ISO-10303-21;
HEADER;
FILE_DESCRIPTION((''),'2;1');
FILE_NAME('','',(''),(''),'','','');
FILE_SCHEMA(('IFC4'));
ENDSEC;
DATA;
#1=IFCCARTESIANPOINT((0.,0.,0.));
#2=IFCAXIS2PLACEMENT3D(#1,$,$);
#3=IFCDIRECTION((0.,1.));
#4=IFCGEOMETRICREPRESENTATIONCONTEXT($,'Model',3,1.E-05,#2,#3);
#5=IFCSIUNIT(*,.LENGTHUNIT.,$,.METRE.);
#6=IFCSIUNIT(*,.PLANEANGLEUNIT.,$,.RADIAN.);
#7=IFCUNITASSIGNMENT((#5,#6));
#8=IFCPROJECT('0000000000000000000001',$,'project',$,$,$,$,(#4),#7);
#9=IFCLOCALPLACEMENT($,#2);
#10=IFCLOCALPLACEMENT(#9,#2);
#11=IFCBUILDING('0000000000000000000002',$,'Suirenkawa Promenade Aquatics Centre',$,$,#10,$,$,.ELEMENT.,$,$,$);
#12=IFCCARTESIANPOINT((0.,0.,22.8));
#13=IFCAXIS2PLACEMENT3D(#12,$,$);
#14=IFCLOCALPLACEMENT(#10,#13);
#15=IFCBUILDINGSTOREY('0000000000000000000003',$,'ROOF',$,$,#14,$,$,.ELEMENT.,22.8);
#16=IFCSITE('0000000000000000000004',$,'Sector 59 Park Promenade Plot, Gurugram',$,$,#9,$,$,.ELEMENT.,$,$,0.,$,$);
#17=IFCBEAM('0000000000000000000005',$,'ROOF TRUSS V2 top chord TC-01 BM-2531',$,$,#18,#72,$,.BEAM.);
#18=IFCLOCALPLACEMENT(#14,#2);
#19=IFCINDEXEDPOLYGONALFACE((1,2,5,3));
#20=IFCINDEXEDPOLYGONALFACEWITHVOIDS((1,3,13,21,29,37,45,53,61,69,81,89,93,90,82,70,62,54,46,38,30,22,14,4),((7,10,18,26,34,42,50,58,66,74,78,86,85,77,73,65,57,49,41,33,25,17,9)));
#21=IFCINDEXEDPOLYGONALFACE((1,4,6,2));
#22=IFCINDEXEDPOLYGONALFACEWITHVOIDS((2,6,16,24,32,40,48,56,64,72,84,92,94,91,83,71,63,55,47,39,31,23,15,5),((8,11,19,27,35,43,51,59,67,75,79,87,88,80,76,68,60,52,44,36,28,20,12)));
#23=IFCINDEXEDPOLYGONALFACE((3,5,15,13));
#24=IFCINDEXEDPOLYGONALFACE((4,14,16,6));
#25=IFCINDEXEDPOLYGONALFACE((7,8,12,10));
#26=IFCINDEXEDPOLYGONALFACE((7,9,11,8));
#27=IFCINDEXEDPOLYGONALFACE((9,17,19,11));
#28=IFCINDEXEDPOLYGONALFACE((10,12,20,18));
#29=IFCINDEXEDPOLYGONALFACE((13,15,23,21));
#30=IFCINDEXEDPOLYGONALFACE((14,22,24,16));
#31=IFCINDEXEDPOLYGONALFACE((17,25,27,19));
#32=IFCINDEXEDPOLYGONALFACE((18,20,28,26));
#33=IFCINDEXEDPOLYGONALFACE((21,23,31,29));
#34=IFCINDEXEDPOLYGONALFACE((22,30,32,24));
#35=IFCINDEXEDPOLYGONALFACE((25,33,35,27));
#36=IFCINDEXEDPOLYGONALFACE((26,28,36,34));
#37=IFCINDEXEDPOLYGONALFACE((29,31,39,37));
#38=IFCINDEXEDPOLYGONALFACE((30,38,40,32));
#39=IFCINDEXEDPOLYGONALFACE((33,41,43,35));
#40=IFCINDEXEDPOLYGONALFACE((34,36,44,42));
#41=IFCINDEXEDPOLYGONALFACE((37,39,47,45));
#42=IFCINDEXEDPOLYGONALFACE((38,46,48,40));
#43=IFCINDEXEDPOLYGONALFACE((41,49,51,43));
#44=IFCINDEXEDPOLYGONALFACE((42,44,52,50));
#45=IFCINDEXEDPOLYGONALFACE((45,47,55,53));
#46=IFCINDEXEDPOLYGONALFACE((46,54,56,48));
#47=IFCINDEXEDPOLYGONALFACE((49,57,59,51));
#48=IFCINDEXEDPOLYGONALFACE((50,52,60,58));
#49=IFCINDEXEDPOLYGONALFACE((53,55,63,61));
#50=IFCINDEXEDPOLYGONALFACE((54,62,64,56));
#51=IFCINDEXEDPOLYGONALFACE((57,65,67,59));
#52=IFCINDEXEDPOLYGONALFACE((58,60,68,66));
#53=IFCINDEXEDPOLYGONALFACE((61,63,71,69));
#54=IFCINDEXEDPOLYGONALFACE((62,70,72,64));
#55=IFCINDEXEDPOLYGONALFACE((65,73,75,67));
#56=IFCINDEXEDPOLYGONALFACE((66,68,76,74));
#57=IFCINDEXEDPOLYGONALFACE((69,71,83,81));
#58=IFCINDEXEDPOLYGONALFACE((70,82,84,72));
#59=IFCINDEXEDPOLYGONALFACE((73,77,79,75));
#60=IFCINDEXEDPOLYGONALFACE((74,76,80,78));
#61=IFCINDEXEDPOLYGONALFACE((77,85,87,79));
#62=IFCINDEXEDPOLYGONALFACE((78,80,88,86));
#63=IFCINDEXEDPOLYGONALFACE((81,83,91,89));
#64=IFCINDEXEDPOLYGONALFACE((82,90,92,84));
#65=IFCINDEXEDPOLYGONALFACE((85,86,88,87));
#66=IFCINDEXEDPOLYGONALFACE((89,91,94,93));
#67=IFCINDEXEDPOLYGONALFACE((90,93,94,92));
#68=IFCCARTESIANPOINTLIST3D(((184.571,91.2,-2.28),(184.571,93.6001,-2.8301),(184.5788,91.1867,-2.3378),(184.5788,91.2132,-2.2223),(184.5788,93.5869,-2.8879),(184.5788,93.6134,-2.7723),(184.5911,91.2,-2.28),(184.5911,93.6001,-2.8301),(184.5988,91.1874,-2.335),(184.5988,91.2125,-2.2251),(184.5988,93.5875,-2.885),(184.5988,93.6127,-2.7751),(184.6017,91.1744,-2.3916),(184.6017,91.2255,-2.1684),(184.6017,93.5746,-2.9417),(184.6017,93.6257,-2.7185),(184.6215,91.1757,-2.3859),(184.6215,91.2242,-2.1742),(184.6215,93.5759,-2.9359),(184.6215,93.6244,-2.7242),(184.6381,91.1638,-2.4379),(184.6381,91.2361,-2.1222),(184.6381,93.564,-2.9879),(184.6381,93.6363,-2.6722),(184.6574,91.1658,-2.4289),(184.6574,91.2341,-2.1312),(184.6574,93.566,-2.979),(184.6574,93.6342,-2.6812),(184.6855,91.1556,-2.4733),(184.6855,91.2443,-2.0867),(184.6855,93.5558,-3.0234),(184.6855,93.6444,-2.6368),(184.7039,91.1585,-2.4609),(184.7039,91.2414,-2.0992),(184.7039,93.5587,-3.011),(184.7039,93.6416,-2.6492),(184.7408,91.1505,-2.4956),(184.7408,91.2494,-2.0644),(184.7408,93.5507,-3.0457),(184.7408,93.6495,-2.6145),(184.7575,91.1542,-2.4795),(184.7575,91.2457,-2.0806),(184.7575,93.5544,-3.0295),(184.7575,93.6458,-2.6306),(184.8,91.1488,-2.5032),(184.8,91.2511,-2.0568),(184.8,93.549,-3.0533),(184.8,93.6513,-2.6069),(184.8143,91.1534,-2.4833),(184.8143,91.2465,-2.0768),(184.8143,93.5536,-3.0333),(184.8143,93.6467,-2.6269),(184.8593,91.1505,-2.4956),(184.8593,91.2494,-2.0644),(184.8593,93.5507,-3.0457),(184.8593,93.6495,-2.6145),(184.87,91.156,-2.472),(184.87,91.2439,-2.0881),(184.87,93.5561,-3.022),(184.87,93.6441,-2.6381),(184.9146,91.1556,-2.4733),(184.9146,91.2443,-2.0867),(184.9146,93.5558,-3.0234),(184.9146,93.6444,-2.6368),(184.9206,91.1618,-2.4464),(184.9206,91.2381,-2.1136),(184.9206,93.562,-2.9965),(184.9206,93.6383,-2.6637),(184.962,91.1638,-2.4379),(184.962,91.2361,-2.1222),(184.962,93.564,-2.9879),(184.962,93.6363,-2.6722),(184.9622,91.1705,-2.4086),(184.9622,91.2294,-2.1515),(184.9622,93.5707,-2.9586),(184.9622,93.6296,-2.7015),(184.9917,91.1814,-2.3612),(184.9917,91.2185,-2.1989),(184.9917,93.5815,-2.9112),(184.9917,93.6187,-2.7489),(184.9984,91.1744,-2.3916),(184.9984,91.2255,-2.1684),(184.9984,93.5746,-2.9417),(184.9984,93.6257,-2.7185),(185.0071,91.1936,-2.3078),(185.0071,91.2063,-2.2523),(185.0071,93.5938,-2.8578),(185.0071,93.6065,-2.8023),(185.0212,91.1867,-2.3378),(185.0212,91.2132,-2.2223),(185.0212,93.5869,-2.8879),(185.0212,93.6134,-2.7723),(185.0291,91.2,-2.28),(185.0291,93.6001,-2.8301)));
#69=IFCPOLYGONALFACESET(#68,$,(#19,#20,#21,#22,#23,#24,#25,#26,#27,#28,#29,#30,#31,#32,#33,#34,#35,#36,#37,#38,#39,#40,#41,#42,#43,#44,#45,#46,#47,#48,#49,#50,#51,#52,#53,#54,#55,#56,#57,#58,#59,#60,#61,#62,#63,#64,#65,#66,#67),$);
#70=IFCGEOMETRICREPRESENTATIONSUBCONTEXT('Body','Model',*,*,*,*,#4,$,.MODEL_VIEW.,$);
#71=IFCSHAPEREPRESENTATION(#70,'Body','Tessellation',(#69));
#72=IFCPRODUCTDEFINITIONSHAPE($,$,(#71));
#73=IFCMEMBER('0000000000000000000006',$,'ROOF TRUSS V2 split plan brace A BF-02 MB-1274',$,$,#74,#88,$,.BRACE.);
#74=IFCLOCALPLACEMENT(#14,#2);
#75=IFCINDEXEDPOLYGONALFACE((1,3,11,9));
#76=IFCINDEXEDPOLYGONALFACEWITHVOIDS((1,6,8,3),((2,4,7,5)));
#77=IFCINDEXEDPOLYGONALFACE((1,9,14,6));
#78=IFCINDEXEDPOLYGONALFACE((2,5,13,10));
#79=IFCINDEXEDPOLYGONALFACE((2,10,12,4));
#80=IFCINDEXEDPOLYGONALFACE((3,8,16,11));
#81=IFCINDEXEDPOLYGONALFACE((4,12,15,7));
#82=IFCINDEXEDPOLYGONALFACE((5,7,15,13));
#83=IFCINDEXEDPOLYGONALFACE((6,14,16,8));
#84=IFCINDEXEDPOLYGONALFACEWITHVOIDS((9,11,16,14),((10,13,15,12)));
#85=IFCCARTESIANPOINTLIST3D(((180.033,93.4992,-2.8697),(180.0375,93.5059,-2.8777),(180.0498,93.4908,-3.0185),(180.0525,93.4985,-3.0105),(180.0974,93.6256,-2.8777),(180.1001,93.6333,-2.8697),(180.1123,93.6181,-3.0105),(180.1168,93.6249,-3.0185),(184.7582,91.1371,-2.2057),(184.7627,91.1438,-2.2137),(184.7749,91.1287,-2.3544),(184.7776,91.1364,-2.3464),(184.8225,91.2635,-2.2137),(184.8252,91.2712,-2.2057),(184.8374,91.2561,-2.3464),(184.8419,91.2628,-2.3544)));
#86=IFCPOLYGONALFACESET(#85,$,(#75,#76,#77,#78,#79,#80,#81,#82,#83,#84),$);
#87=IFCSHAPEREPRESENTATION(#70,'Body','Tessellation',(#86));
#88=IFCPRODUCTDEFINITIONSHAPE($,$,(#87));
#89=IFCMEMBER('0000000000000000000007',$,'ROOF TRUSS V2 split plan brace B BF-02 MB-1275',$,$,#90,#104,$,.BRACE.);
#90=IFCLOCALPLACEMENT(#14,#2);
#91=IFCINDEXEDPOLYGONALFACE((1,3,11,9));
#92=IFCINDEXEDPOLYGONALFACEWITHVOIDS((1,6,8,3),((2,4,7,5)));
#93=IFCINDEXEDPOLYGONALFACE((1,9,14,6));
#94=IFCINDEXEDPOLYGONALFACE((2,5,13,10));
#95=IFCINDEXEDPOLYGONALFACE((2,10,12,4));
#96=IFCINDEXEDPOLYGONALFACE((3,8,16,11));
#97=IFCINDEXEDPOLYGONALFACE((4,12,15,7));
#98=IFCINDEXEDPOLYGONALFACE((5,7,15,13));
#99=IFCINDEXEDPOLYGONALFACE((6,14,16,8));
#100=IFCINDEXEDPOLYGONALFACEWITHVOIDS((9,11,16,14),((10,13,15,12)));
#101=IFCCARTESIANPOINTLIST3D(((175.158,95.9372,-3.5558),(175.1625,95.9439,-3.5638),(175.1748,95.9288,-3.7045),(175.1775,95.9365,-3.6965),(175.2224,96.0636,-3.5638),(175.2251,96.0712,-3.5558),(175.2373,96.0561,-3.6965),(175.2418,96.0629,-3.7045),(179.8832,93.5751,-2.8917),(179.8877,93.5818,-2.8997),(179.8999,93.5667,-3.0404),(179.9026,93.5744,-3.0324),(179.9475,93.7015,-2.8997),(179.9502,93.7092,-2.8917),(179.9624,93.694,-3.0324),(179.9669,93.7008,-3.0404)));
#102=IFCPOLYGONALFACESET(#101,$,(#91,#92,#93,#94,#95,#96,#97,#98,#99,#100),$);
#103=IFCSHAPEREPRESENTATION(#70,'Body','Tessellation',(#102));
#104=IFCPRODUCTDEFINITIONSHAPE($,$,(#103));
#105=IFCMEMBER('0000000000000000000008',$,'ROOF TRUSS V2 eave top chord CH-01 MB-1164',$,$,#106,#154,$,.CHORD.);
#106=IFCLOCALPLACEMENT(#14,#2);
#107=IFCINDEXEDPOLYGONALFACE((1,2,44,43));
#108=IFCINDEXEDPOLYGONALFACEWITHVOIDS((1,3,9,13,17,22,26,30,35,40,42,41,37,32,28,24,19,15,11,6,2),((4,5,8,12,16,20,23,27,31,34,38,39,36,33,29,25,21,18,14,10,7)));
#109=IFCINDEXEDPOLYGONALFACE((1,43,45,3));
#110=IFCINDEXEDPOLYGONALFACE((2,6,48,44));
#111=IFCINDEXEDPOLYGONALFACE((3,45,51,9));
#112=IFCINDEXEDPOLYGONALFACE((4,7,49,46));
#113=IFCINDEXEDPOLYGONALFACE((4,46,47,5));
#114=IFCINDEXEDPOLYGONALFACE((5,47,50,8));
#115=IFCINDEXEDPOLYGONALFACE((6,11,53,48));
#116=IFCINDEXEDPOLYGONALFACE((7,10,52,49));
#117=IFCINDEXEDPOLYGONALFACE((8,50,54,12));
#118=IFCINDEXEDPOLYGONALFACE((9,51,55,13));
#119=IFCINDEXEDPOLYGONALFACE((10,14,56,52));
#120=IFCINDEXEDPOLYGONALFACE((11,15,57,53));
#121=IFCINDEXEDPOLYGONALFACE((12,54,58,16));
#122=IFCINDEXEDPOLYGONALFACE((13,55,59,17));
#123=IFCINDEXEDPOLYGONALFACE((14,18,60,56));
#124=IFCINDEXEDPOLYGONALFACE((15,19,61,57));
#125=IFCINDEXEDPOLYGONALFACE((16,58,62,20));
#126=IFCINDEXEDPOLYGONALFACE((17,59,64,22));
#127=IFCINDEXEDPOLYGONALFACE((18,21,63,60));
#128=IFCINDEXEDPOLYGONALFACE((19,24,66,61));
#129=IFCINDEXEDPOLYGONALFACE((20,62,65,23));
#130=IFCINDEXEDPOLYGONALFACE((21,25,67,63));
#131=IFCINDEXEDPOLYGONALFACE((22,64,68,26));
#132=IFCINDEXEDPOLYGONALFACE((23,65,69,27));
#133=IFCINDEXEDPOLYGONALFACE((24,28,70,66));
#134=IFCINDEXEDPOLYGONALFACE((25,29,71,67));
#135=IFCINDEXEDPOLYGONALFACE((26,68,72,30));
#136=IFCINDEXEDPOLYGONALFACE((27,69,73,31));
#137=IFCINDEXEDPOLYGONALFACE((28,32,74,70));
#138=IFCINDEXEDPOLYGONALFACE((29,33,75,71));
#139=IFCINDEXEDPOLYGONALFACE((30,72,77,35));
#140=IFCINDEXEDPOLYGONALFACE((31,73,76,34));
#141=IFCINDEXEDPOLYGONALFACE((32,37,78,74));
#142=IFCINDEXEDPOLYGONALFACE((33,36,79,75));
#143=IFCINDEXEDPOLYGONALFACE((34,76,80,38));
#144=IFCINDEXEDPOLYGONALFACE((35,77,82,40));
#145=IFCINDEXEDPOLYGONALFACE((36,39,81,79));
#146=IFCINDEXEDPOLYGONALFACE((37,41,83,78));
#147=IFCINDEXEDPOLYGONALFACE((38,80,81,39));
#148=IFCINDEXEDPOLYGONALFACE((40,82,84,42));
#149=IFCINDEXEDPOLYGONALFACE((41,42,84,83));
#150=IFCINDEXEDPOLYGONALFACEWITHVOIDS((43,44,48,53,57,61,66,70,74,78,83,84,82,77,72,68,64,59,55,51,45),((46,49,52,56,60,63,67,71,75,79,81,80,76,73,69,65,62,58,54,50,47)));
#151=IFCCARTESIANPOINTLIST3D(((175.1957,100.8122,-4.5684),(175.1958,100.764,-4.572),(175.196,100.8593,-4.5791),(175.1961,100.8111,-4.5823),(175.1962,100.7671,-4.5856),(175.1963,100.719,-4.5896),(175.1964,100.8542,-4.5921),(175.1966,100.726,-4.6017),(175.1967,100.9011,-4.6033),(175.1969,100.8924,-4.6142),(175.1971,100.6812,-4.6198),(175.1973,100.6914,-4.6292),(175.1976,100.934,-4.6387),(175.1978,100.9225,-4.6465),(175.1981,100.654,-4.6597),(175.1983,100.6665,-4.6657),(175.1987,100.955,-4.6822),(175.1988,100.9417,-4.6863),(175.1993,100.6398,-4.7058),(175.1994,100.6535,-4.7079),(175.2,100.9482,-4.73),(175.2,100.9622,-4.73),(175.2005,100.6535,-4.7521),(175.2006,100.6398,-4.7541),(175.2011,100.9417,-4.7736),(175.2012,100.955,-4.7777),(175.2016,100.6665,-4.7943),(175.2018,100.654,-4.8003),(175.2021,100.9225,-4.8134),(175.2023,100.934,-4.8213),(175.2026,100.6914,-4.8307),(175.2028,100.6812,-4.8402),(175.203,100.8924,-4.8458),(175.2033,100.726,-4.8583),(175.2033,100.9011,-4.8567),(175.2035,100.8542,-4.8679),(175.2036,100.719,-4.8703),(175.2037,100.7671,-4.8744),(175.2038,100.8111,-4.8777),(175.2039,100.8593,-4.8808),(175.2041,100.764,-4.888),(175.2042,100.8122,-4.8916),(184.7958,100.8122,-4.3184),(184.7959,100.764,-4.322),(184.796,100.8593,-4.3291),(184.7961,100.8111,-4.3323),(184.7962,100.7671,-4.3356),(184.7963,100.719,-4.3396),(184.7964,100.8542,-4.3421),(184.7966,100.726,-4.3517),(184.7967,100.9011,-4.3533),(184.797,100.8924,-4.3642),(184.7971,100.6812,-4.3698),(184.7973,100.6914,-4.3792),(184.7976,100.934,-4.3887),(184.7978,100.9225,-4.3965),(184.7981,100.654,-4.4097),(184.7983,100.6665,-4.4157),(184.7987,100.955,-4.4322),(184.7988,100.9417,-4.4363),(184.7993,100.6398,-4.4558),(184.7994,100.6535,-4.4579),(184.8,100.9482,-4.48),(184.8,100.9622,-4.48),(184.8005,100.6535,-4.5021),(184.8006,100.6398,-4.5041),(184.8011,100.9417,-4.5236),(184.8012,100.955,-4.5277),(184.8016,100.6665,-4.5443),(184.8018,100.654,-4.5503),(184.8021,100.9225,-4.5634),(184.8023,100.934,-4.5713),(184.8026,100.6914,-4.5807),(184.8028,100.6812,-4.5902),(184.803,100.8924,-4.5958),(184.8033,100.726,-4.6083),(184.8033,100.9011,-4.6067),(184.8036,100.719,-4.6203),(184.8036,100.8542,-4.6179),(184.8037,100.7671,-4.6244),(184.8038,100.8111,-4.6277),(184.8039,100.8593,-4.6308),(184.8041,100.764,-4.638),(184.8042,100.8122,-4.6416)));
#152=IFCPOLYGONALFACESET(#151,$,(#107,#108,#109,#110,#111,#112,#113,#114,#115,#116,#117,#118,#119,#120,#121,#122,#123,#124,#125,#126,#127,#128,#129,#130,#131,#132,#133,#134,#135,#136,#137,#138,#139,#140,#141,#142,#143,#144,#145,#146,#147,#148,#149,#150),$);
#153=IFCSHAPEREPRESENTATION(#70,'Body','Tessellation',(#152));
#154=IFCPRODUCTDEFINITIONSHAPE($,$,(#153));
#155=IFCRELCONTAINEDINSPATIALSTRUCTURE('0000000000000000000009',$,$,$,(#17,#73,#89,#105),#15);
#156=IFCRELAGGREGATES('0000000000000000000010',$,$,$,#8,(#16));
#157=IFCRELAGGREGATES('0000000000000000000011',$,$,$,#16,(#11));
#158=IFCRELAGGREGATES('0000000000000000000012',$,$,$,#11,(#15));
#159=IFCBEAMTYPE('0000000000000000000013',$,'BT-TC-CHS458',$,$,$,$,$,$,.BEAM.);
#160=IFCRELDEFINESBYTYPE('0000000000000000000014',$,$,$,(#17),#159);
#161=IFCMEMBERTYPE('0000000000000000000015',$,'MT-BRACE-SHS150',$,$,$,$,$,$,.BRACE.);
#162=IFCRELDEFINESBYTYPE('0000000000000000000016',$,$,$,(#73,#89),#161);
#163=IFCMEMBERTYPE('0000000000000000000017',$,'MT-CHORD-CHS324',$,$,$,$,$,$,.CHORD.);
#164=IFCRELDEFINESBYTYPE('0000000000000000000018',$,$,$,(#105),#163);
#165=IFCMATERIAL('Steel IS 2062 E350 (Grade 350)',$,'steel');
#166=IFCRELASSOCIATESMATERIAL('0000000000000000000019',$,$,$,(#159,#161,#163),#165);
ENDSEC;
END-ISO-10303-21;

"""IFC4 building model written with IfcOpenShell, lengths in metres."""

from ifc_helpers import new_model, si_unit, direction, frame, origin, origin_2d, place, context, subcontext, project, spatial, hollow_rectangle, hollow_circle, extrude, material, material_profile, profile_set, type_object, element, save


model = new_model("IFC4")

# Units and contexts
model_context = context("Model", 3, precision=1e-05, world=origin(), true_north=direction((0.0, 1.0)))
body_context = subcontext(model_context, "Body", "Model", "MODEL_VIEW")
ifc_project = project(units=[si_unit("LENGTHUNIT", "METRE"), si_unit("PLANEANGLEUNIT", "RADIAN")], contexts=[model_context])

# Site, building, storey
site_placement = place(None, origin())
site = spatial("IfcSite", under=ifc_project, at=site_placement, Name="Sector 59 Park Promenade Plot, Gurugram", CompositionType="ELEMENT", RefElevation=0.0)
building_placement = place(site_placement, origin())
building = spatial("IfcBuilding", under=site, at=building_placement, Name="Suirenkawa Promenade Aquatics Centre", CompositionType="ELEMENT")
storey_placement = place(building_placement, frame((0.0, 0.0, 22.8)))
storey = spatial("IfcBuildingStorey", under=building, at=storey_placement, Name="ROOF", CompositionType="ELEMENT", Elevation=22.8)

# Beam
ifc_material = material(Name="Steel IS 2062 E350 (Grade 350)", Category="steel")
ifc_material_profile_1 = material_profile(ifc_material, hollow_circle(Radius=0.229, WallThickness=0.02, at=origin_2d()), Name="CHS 458x20", Category="steel")
ifc_profile_set_1 = profile_set([ifc_material_profile_1], Name="Steel IS 2062 E350 (Grade 350)")
beam_type_1 = type_object("IfcBeamType", Name="BT-TC-CHS458", PredefinedType="BEAM", material=ifc_profile_set_1)
for number, where, z_axis, x_axis, name in (
    (1, (184.8, 91.2, -2.28), (0.0, 0.974731, -0.223382), (-1.0, 0.0, 0.0), "ROOF TRUSS V2 top chord TC-01 BM-2531"),
):
    element("IfcBeam", number, at=place(storey_placement, frame(where, z_axis=z_axis, x_axis=x_axis)), inside=storey, type_object=beam_type_1, Name=name, PredefinedType="BEAM", context=body_context, shape_type="SweptSolid", body=[
        extrude(hollow_circle(Radius=0.229, WallThickness=0.02, at=origin_2d()), origin(), (0.0, 0.0, 1.0), 2.4624),
    ])

# Members
ifc_material_profile_2 = material_profile(ifc_material, hollow_rectangle(XDim=0.1499, YDim=0.1499, WallThickness=0.0081, at=origin_2d()), Name="SHS 150x150x8", Category="steel")
ifc_profile_set_2 = profile_set([ifc_material_profile_2], Name="Steel IS 2062 E350 (Grade 350)")
member_type_1 = type_object("IfcMemberType", Name="MT-BRACE-SHS150", PredefinedType="BRACE", material=ifc_profile_set_2)
for number, where, z_axis, x_axis, name in (
    (2, (184.8, 91.2, -2.28), (-0.88748, 0.443648, -0.124726), (-0.44714, -0.894464, 0.0), "ROOF TRUSS V2 split plan brace A BF-02 MB-1274"),
    (3, (179.925, 93.6379, -2.9661), (-0.88748, 0.443648, -0.124726), (-0.44714, -0.894464, 0.0), "ROOF TRUSS V2 split plan brace B BF-02 MB-1275"),
):
    element("IfcMember", number, at=place(storey_placement, frame(where, z_axis=z_axis, x_axis=x_axis)), inside=storey, type_object=member_type_1, Name=name, PredefinedType="BRACE", context=body_context, shape_type="SweptSolid", body=[
        extrude(hollow_rectangle(XDim=0.1499, YDim=0.1499, WallThickness=0.0081, at=origin_2d()), origin(), (0.0, 0.0, 1.0), 5.3242),
    ])
ifc_material_profile_3 = material_profile(ifc_material, hollow_circle(Radius=0.1621, WallThickness=0.0139, at=origin_2d()), Name="CHS 324x14", Category="steel")
ifc_profile_set_3 = profile_set([ifc_material_profile_3], Name="Steel IS 2062 E350 (Grade 350)")
member_type_2 = type_object("IfcMemberType", Name="MT-CHORD-CHS324", PredefinedType="CHORD", material=ifc_profile_set_3)
member_1_placement = place(storey_placement, frame((175.2, 100.8, -4.73), z_axis=(0.999661, 0.0, 0.026033), x_axis=(0.0, 1.0, 0.0)))
element("IfcMember", 4, at=member_1_placement, inside=storey, type_object=member_type_2, Name="ROOF TRUSS V2 eave top chord CH-01 MB-1164", PredefinedType="CHORD", context=body_context, shape_type="SweptSolid", body=[
    extrude(hollow_circle(Radius=0.1621, WallThickness=0.0139, at=origin_2d()), origin(), (0.0, 0.0, 1.0), 9.6033),
])

save(model, "model.ifc")
